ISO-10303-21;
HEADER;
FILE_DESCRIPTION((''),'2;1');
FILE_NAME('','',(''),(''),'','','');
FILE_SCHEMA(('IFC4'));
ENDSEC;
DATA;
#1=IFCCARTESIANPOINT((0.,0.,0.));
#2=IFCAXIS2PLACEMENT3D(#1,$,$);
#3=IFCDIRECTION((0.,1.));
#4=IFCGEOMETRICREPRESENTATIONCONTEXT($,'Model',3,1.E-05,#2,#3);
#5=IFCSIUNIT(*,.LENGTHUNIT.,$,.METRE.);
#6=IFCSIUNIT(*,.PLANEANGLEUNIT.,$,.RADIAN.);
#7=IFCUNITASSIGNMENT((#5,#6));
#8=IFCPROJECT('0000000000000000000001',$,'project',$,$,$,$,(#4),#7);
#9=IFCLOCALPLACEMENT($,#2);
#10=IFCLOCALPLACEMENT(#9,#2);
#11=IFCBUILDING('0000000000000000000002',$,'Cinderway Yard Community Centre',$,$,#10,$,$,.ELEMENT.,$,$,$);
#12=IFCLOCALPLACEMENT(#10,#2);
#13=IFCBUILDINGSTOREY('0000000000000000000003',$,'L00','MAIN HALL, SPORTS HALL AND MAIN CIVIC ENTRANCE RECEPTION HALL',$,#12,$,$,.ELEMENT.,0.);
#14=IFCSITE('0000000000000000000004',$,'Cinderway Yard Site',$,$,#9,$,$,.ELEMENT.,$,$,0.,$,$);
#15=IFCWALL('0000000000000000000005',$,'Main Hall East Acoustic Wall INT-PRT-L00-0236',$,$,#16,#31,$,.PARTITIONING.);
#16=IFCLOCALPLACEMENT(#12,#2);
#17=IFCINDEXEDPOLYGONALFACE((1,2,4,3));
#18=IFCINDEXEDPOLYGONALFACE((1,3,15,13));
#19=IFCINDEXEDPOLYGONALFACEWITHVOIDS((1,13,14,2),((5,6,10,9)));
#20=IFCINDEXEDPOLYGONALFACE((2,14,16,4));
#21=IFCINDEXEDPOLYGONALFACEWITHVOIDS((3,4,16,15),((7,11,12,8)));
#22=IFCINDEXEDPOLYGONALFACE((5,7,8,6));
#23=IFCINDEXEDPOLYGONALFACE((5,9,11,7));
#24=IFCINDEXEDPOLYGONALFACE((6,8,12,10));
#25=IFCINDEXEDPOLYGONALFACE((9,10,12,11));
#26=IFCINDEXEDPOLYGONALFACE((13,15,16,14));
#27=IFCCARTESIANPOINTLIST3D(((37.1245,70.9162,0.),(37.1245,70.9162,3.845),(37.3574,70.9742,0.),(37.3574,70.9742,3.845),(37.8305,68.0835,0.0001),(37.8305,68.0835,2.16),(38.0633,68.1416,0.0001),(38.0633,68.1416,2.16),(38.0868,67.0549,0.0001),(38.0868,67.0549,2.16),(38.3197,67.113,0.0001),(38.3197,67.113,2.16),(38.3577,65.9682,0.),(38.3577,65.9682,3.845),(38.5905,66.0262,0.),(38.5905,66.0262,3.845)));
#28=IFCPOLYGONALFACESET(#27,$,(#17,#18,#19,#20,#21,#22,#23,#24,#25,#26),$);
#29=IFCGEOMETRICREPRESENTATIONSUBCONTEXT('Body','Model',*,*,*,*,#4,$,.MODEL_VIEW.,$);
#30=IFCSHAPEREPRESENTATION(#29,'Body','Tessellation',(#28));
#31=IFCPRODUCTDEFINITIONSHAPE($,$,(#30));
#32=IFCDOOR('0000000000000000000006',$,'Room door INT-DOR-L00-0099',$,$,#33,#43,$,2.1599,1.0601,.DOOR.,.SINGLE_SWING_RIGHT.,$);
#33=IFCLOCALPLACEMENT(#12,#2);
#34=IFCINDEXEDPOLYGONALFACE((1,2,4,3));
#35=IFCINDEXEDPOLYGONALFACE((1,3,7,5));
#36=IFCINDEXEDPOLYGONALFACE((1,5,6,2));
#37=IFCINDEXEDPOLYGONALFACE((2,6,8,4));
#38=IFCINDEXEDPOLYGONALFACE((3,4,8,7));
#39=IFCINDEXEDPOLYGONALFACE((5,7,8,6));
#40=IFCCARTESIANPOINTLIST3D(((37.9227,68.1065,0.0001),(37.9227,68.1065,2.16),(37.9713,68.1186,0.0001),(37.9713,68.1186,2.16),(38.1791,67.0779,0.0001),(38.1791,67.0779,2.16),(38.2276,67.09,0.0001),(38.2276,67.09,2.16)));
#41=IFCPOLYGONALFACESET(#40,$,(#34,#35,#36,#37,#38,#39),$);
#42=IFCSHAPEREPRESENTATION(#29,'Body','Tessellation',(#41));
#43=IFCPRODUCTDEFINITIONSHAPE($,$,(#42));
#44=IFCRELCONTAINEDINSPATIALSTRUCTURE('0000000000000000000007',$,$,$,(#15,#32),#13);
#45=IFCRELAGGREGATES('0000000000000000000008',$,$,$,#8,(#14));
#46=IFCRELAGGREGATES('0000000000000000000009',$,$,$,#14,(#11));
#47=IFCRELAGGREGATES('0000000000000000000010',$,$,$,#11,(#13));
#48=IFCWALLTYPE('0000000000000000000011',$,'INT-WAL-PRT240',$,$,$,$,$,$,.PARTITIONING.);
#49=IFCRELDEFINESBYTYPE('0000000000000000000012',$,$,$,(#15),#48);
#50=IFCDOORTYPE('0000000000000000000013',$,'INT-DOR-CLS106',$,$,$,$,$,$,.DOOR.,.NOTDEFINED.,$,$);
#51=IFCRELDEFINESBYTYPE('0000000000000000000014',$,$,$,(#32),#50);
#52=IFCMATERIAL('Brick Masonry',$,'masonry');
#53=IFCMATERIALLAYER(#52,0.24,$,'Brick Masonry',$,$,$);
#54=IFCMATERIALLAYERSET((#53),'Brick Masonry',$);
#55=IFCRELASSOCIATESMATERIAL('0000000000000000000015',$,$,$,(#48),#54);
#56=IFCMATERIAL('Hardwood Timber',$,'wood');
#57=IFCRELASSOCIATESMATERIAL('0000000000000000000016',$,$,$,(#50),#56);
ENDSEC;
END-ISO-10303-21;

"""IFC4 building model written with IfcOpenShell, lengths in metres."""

from ifc_helpers import new_model, si_unit, direction, frame, frame_2d, origin, place, context, subcontext, project, spatial, rectangle, extrude, material, layer, layer_set, type_object, element, fill, save


model = new_model("IFC4")

# Units and contexts
model_context = context("Model", 3, precision=1e-05, world=origin(), true_north=direction((0.0, 1.0)))
body_context = subcontext(model_context, "Body", "Model", "MODEL_VIEW")
ifc_project = project(units=[si_unit("LENGTHUNIT", "METRE"), si_unit("PLANEANGLEUNIT", "RADIAN")], contexts=[model_context])

# Site, building, storey
site_placement = place(None, origin())
site = spatial("IfcSite", under=ifc_project, at=site_placement, Name="Cinderway Yard Site", CompositionType="ELEMENT", RefElevation=0.0)
building_placement = place(site_placement, origin())
building = spatial("IfcBuilding", under=site, at=building_placement, Name="Cinderway Yard Community Centre", CompositionType="ELEMENT")
storey_placement = place(building_placement, origin())
storey = spatial("IfcBuildingStorey", under=building, at=storey_placement, Name="L00", Description="MAIN HALL, SPORTS HALL AND MAIN CIVIC ENTRANCE RECEPTION HALL", CompositionType="ELEMENT", Elevation=0.0)

# Shared definitions
ifc_material_1 = material(Name="Hardwood Timber", Category="wood")

# Wall, opening, door
ifc_material_2 = material(Name="Brick Masonry", Category="masonry")
ifc_layer_1 = layer(ifc_material_2, 0.24, Name="Brick Masonry")
ifc_layer_set_1 = layer_set([ifc_layer_1], Name="Brick Masonry")
wall_type_1 = type_object("IfcWallType", Name="INT-WAL-PRT240", PredefinedType="PARTITIONING", material=ifc_layer_set_1)
wall_1_placement = place(storey_placement, frame((38.4741, 65.9971, 0.0), z_axis=(0.0, 0.0, 1.0), x_axis=(-0.241826, 0.97032, 0.0)))
wall_1 = element("IfcWall", 1, at=wall_1_placement, inside=storey, type_object=wall_type_1, Name="Main Hall East Acoustic Wall INT-PRT-L00-0236", PredefinedType="PARTITIONING", context=body_context, shape_type="SweptSolid", body=[
    extrude(rectangle(XDim=5.0994, YDim=0.24, at=frame_2d((2.5498, 0.0))), origin(), (0.0, 0.0, 1.0), 3.845),
])
opening_1_placement = place(wall_1_placement, frame((1.1201, 0.0, 0.0)))
opening_1 = element("IfcOpeningElement", 2, at=opening_1_placement, cuts=wall_1, PredefinedType="OPENING", context=body_context, shape_type="SweptSolid", body=[
    extrude(rectangle(XDim=1.0601, YDim=2.1599, at=frame_2d((0.53, 1.0801))), frame((0.0, 0.1299, 0.0), z_axis=(0.0, -1.0, 0.0), x_axis=(1.0, 0.0, 0.0)), (0.0, 0.0, 1.0), 0.26),
])
door_type_1 = type_object("IfcDoorType", Name="INT-DOR-CLS106", OperationType="NOTDEFINED", PredefinedType="DOOR", material=ifc_material_1)
door_1_placement = place(opening_1_placement, origin())
door_1 = element("IfcDoor", 3, at=door_1_placement, inside=storey, type_object=door_type_1, Name="Room door INT-DOR-L00-0099", OperationType="SINGLE_SWING_RIGHT", OverallHeight=2.1599, OverallWidth=1.0601, PredefinedType="DOOR", context=body_context, shape_type="SweptSolid", body=[
    extrude(rectangle(XDim=1.0601, YDim=2.1599, at=frame_2d((0.53, 1.0801))), frame((0.0, 0.0249, 0.0), z_axis=(0.0, -1.0, 0.0), x_axis=(1.0, 0.0, 0.0)), (0.0, 0.0, 1.0), 0.05),
])
fill(opening_1, door_1)

save(model, "model.ifc")
